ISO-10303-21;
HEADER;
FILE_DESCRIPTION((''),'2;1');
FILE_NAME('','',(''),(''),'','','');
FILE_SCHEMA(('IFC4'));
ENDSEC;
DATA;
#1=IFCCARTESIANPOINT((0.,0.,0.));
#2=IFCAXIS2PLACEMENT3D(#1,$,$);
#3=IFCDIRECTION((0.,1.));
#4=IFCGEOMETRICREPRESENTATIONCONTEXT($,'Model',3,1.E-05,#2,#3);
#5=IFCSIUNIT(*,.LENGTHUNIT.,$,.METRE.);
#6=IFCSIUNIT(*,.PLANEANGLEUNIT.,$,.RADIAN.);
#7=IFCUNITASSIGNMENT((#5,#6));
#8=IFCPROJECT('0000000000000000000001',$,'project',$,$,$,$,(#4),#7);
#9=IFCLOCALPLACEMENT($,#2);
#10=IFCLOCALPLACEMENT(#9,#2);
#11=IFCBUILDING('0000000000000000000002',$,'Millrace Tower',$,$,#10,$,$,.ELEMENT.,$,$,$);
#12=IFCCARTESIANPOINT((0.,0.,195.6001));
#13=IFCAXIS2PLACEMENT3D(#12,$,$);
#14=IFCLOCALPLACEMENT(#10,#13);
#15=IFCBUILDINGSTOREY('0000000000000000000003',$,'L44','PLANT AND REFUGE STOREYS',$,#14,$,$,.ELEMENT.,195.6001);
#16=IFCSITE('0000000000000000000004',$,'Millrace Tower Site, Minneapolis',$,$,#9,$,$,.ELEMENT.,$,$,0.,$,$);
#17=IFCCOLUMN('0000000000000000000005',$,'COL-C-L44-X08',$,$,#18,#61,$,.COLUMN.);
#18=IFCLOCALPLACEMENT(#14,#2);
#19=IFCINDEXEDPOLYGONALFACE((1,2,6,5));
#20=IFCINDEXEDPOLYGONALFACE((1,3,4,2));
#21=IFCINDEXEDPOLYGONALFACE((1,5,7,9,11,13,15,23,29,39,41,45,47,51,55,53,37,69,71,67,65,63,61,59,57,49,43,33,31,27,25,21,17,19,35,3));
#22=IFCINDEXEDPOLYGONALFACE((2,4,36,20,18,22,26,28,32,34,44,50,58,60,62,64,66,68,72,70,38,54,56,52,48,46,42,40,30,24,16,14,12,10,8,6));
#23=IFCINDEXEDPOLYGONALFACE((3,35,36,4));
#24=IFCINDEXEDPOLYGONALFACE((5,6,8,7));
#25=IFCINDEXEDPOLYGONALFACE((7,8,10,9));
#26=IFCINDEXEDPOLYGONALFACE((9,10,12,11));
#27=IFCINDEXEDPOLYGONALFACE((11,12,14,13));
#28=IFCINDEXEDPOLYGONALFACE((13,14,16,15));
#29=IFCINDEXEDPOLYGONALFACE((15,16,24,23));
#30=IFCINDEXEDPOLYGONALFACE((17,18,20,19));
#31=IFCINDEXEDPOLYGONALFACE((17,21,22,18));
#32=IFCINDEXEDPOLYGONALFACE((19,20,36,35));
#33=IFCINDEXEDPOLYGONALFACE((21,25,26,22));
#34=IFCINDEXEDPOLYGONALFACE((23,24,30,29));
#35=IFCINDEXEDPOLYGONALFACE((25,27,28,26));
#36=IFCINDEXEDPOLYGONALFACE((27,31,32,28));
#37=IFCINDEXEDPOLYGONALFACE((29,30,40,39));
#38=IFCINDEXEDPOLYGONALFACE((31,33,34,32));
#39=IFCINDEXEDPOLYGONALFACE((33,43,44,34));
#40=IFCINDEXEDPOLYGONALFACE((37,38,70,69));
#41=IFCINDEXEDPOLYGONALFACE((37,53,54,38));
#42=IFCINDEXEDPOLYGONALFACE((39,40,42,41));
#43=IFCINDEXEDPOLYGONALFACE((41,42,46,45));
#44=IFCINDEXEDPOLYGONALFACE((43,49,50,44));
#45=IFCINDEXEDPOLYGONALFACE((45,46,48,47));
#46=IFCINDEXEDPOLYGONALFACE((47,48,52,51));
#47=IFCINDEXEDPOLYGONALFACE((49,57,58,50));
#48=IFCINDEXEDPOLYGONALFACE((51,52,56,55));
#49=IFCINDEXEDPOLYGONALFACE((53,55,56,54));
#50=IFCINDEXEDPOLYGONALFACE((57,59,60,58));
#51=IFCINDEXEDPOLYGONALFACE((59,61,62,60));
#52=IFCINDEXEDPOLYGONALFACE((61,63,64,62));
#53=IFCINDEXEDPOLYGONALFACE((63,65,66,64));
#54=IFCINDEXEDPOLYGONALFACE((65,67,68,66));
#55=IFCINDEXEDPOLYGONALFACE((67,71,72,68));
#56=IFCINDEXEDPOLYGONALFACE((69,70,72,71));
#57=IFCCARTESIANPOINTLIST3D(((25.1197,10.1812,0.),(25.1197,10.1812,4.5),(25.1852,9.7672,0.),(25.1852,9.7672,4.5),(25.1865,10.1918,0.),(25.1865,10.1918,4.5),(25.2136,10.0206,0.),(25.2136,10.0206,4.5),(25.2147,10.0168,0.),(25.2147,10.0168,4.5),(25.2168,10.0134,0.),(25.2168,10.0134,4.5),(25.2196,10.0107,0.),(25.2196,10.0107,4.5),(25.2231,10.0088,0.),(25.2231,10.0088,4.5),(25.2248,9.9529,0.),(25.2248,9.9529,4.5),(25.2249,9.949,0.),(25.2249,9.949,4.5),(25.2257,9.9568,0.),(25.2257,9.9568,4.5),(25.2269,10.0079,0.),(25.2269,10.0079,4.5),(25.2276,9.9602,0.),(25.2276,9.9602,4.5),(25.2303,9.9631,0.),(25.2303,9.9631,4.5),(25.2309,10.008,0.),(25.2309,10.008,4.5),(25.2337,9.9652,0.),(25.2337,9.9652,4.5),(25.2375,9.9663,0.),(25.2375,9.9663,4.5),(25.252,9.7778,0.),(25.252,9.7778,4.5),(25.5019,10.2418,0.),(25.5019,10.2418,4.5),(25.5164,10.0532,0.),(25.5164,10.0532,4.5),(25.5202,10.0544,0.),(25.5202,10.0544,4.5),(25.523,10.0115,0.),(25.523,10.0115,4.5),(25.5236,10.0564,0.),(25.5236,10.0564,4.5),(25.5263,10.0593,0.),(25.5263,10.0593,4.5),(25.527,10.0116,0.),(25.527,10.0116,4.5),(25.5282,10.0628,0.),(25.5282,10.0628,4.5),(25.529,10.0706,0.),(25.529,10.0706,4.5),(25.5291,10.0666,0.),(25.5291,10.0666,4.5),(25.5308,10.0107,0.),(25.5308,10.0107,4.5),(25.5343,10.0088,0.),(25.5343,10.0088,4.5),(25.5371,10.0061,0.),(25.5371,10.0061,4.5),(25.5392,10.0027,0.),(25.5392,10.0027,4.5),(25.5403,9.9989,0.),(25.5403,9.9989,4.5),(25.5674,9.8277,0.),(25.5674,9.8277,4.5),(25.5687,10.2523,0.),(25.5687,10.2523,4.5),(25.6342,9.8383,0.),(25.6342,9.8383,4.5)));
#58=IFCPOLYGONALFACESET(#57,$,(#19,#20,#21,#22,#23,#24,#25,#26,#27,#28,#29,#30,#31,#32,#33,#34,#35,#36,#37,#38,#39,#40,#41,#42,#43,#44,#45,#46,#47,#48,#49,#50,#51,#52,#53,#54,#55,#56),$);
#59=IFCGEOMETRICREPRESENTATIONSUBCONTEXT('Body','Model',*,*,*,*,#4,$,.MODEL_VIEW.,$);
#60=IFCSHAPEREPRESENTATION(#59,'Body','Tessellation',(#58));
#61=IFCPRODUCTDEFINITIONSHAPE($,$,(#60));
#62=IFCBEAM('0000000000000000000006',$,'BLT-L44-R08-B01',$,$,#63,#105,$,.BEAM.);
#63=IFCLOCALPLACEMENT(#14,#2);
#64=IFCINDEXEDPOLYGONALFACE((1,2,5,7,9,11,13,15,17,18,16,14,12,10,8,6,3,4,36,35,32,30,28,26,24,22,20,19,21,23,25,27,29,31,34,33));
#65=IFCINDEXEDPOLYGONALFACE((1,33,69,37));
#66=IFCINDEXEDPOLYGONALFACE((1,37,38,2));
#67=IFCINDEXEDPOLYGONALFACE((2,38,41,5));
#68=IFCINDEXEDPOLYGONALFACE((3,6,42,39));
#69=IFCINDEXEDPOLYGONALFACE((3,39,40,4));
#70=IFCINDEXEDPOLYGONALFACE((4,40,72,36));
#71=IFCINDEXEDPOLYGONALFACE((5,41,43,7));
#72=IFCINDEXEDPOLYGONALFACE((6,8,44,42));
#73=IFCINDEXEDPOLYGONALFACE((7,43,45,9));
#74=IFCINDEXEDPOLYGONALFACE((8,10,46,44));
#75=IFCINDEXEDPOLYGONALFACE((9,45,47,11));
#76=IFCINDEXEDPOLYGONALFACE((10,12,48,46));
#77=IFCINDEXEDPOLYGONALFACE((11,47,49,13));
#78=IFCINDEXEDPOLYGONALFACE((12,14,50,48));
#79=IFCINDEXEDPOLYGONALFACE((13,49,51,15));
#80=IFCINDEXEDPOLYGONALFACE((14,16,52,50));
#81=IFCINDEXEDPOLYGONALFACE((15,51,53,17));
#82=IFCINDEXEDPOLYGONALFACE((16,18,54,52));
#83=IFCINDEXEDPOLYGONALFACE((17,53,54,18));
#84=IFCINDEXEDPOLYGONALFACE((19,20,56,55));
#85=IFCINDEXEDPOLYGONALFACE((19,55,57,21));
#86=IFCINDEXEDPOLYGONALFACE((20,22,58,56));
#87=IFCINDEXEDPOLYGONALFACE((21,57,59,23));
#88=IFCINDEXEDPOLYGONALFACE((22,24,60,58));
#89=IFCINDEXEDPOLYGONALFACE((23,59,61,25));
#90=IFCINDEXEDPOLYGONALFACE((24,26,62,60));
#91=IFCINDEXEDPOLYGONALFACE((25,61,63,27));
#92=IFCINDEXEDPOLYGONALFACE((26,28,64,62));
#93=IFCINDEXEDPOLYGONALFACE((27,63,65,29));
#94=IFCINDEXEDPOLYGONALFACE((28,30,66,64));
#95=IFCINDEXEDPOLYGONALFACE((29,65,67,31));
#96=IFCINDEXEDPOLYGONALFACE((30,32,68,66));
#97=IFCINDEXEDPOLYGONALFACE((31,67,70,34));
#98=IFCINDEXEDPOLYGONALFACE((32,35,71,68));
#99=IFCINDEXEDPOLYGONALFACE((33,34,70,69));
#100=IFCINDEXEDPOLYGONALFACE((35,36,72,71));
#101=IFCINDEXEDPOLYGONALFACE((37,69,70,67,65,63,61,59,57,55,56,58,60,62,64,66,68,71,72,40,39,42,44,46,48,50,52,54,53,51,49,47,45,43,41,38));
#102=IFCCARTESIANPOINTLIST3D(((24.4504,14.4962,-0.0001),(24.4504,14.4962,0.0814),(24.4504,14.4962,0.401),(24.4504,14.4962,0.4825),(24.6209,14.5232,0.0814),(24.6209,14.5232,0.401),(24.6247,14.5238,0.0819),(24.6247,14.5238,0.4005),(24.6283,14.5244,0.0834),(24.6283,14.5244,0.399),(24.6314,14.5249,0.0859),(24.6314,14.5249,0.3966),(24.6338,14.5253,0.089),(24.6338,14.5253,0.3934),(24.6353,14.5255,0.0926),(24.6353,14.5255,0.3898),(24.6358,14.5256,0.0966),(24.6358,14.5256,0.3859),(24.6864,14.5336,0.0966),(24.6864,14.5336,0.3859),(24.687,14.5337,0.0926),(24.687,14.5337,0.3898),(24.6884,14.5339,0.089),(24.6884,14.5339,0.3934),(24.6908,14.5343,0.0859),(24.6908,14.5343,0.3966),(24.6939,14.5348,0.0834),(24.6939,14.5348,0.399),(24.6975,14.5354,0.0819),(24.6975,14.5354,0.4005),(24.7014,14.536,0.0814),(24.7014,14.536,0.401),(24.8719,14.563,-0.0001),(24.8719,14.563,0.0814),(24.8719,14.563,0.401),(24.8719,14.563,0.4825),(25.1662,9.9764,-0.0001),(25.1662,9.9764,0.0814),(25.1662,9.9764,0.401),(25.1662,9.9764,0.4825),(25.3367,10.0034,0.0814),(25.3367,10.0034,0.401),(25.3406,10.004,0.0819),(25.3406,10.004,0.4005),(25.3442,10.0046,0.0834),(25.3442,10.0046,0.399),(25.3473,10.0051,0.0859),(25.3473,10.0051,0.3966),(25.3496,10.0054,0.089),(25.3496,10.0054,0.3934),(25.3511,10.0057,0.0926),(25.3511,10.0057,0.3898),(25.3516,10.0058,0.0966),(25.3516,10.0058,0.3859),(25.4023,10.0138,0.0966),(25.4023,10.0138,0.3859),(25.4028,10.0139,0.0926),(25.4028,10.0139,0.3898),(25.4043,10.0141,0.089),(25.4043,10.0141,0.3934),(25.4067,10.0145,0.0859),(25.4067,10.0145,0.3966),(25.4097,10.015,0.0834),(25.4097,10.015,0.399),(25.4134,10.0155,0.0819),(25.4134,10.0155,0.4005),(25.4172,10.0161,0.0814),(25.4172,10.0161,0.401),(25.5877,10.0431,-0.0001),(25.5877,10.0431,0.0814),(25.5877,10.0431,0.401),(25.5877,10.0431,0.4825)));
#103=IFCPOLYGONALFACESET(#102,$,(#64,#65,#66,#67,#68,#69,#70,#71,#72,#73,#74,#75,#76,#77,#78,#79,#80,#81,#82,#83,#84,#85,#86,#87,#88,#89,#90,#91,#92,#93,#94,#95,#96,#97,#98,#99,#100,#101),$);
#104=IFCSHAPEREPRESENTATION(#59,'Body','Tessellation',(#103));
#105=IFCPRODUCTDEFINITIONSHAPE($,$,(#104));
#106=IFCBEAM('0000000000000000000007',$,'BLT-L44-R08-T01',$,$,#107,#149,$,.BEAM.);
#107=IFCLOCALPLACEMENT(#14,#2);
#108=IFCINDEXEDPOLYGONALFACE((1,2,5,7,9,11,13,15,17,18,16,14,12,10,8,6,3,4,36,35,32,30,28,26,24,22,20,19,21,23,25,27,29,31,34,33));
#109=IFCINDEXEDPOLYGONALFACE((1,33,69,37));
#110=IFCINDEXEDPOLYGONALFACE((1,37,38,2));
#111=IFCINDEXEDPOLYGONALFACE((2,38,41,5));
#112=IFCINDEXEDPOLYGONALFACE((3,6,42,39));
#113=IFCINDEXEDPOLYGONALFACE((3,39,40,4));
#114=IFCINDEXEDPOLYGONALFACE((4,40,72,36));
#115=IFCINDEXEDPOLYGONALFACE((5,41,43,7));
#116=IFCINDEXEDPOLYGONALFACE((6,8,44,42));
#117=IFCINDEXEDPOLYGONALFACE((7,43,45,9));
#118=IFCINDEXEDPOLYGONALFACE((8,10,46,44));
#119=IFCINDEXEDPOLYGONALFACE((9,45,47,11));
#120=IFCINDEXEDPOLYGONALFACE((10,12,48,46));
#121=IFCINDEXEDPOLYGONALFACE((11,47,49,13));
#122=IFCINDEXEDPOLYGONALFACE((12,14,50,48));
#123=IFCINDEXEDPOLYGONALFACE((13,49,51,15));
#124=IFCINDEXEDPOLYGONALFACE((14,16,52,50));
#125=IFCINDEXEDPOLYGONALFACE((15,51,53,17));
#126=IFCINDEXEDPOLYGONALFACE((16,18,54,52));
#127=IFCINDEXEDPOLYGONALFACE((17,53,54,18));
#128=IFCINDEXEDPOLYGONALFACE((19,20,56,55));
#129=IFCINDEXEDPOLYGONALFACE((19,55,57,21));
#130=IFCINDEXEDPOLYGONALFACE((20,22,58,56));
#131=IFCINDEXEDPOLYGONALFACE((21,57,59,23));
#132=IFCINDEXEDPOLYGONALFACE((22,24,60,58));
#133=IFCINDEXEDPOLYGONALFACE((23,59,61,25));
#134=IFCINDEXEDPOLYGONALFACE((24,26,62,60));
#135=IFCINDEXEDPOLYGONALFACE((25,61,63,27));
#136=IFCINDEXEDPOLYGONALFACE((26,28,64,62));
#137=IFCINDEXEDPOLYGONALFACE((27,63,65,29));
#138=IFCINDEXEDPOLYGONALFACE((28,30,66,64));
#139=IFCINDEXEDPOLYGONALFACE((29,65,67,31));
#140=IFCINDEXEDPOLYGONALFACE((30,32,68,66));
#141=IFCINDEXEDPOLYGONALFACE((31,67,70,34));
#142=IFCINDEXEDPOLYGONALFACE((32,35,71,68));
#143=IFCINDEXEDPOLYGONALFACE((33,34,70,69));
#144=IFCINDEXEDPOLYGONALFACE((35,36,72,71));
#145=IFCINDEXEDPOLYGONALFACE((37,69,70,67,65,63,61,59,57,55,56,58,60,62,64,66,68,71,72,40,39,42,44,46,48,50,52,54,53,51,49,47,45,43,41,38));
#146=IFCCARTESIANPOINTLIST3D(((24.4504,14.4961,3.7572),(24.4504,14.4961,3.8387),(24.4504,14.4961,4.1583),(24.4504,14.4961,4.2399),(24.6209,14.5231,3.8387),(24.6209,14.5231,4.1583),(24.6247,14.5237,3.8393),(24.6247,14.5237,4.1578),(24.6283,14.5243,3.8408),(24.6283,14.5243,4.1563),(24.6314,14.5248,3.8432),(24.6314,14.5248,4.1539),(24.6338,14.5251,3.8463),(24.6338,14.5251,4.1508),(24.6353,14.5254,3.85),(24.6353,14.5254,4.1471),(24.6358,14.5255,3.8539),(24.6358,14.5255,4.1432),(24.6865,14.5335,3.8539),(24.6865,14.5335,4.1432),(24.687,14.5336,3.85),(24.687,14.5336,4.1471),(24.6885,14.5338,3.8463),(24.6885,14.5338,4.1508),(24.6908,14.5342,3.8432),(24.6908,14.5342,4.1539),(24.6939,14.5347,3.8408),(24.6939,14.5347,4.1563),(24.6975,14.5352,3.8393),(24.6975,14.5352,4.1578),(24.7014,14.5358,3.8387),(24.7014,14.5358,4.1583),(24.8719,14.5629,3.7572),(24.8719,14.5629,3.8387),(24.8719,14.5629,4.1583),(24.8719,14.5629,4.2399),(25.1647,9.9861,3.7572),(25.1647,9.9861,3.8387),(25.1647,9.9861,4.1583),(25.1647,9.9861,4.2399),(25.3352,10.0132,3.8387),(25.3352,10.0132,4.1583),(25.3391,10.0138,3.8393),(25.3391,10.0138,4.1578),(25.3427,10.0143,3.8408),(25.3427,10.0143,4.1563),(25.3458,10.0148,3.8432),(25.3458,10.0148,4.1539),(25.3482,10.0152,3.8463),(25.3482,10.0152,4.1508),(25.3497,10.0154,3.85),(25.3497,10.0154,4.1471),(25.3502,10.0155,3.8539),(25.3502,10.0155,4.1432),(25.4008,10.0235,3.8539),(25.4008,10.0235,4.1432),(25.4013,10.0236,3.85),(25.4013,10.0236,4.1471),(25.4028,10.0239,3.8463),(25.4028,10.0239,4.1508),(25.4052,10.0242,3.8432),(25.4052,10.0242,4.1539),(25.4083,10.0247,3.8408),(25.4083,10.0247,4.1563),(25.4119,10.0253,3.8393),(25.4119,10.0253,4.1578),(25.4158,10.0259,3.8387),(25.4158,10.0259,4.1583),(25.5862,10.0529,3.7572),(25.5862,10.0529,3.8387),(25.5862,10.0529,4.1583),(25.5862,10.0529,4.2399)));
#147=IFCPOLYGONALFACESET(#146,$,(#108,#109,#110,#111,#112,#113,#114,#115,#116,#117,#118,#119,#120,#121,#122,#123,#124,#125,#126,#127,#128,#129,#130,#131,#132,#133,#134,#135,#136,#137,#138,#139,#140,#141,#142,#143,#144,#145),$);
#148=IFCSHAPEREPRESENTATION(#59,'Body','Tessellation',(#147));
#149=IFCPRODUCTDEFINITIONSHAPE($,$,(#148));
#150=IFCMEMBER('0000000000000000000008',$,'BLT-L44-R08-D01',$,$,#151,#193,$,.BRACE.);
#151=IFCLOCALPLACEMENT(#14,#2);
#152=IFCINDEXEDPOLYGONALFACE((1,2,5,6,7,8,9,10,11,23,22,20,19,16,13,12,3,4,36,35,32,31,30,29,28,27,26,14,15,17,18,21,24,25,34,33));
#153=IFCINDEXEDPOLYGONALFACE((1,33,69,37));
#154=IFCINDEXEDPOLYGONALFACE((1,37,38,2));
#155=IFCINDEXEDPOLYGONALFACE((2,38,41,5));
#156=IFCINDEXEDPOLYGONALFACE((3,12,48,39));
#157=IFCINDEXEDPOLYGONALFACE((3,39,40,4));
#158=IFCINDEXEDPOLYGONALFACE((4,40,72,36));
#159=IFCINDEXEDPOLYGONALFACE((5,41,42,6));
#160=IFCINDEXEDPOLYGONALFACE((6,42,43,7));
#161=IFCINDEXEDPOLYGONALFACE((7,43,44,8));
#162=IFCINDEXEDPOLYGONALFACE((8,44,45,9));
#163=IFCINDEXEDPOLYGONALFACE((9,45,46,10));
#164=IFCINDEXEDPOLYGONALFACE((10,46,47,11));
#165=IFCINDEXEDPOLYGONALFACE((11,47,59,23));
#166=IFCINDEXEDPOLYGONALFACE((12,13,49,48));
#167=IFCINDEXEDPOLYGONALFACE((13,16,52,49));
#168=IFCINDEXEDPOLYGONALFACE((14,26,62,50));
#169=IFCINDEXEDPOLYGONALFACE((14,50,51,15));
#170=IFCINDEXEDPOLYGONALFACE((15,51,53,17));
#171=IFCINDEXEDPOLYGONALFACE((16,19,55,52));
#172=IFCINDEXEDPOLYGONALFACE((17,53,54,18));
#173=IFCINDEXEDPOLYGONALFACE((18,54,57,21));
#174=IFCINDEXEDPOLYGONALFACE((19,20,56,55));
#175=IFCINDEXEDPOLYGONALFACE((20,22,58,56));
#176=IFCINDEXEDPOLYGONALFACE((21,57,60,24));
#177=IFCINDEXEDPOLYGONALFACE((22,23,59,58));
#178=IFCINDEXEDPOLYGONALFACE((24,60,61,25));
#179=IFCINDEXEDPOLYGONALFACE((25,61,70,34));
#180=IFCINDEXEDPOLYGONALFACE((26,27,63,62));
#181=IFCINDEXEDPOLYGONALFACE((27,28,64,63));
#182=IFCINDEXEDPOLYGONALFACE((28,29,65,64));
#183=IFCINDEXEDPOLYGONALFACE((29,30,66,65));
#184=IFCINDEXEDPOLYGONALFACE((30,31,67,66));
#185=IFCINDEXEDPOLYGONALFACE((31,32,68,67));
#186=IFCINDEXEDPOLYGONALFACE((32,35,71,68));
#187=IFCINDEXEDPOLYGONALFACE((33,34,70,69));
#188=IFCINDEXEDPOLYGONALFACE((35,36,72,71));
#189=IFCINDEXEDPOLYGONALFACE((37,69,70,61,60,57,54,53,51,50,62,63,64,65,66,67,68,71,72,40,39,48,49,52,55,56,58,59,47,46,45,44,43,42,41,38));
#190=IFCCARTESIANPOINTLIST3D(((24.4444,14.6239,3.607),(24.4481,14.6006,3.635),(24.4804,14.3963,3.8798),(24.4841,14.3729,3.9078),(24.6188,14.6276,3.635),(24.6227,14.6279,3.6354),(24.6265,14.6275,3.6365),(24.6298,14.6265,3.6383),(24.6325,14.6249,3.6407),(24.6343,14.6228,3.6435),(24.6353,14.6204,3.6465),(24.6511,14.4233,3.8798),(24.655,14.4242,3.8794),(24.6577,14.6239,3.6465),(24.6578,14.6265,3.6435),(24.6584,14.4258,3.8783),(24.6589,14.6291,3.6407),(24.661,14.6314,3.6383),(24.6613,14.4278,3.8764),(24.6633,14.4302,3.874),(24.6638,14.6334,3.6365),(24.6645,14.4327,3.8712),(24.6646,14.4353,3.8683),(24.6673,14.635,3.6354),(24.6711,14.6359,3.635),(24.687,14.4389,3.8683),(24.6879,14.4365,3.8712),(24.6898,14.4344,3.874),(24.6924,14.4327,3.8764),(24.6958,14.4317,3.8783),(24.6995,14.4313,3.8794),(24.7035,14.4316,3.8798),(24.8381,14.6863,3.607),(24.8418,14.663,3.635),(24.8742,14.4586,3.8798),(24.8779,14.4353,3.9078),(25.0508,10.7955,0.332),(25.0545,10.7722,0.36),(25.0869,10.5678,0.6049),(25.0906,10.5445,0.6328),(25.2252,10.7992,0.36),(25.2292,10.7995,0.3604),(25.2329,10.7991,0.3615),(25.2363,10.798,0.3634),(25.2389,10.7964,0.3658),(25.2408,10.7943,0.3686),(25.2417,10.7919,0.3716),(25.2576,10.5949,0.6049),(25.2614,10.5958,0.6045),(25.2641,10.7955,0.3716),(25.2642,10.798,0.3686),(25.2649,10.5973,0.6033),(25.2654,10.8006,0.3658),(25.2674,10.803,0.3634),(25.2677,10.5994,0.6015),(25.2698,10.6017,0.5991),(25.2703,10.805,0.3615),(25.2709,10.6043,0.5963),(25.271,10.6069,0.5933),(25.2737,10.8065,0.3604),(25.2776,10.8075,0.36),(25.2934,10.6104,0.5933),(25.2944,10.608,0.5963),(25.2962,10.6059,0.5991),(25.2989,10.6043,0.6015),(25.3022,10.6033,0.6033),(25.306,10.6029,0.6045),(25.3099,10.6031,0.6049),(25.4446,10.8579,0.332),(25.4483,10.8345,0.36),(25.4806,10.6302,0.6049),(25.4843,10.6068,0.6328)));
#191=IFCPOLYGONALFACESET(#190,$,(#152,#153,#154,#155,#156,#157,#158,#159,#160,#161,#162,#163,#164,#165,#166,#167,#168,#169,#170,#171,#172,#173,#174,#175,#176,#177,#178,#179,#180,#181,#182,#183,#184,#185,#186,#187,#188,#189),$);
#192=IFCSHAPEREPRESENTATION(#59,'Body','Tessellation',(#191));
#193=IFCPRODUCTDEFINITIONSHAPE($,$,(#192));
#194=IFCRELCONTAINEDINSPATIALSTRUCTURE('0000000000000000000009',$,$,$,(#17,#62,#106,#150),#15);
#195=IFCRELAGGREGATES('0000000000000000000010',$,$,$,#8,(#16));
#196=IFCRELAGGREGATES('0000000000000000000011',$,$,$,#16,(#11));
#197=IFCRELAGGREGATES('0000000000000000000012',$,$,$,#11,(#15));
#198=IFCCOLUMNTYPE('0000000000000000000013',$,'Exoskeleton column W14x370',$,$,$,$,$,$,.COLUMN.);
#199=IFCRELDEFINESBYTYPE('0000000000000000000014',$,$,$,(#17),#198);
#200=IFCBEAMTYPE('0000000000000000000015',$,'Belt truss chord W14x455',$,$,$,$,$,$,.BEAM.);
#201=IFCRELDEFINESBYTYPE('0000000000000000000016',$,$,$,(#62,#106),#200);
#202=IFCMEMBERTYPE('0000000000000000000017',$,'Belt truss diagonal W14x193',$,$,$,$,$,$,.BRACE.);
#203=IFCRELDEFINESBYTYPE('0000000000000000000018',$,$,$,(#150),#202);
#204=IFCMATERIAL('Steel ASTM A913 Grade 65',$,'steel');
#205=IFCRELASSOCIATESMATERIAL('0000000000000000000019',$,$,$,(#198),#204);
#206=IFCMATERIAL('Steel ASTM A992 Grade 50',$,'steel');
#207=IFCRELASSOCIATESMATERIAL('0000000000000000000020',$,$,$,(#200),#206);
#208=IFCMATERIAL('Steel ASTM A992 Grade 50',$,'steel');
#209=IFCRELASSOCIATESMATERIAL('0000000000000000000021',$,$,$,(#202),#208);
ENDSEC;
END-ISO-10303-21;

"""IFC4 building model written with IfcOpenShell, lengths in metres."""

from ifc_helpers import new_model, si_unit, direction, frame, origin, origin_2d, place, context, subcontext, project, spatial, i_section, extrude, material, material_profile, profile_set, type_object, element, save


model = new_model("IFC4")

# Units and contexts
model_context = context("Model", 3, precision=1e-05, world=origin(), true_north=direction((0.0, 1.0)))
body_context = subcontext(model_context, "Body", "Model", "MODEL_VIEW")
ifc_project = project(units=[si_unit("LENGTHUNIT", "METRE"), si_unit("PLANEANGLEUNIT", "RADIAN")], contexts=[model_context])

# Site, building, storey
site_placement = place(None, origin())
site = spatial("IfcSite", under=ifc_project, at=site_placement, Name="Millrace Tower Site, Minneapolis", CompositionType="ELEMENT", RefElevation=0.0)
building_placement = place(site_placement, origin())
building = spatial("IfcBuilding", under=site, at=building_placement, Name="Millrace Tower", CompositionType="ELEMENT")
storey_placement = place(building_placement, frame((0.0, 0.0, 195.6001)))
storey = spatial("IfcBuildingStorey", under=building, at=storey_placement, Name="L44", Description="PLANT AND REFUGE STOREYS", CompositionType="ELEMENT", Elevation=195.6001)

# Column
ifc_material_1 = material(Name="Steel ASTM A913 Grade 65", Category="steel")
ifc_material_profile_1 = material_profile(ifc_material_1, i_section(OverallWidth=0.4192, OverallDepth=0.4546, WebThickness=0.0422, FlangeThickness=0.0676, FilletRadius=0.0151, at=origin_2d()))
ifc_profile_set_1 = profile_set([ifc_material_profile_1], Name="Steel ASTM A913 Grade 65")
column_type = type_object("IfcColumnType", Name="Exoskeleton column W14x370", PredefinedType="COLUMN", material=ifc_profile_set_1)
column_placement = place(storey_placement, frame((25.377, 10.0098, 0.0), z_axis=(0.0, 0.0, 1.0), x_axis=(-0.156434, 0.987688, 0.0)))
element("IfcColumn", 1, at=column_placement, inside=storey, type_object=column_type, Name="COL-C-L44-X08", PredefinedType="COLUMN", context=body_context, shape_type="SweptSolid", body=[
    extrude(i_section(OverallWidth=0.4192, OverallDepth=0.4546, WebThickness=0.0422, FlangeThickness=0.0676, FilletRadius=0.0151, at=origin_2d()), origin(), (0.0, 0.0, 1.0), 4.5),
])

# Beams
ifc_material_2 = material(Name="Steel ASTM A992 Grade 50", Category="steel")
ifc_material_profile_2 = material_profile(ifc_material_2, i_section(OverallWidth=0.4268, OverallDepth=0.4827, WebThickness=0.0513, FlangeThickness=0.0815, FilletRadius=0.0151, at=origin_2d()))
ifc_profile_set_2 = profile_set([ifc_material_profile_2], Name="Steel ASTM A992 Grade 50")
beam_type_1 = type_object("IfcBeamType", Name="Belt truss chord W14x455", PredefinedType="BEAM", material=ifc_profile_set_2)
beam_1_placement = place(storey_placement, frame((25.377, 10.0098, 0.2412), z_axis=(-0.156426, 0.98769, 0.0), x_axis=(-0.98769, -0.156426, 0.0)))
element("IfcBeam", 2, at=beam_1_placement, inside=storey, type_object=beam_type_1, Name="BLT-L44-R08-B01", PredefinedType="BEAM", context=body_context, shape_type="SweptSolid", body=[
    extrude(i_section(OverallWidth=0.4268, OverallDepth=0.4827, WebThickness=0.0513, FlangeThickness=0.0815, FilletRadius=0.0151, at=origin_2d()), origin(), (0.0, 0.0, 1.0), 4.5762),
])
beam_2_placement = place(storey_placement, frame((25.3755, 10.0195, 3.9985), z_axis=(-0.156443, 0.987687, 0.0), x_axis=(-0.987687, -0.156443, 0.0)))
element("IfcBeam", 3, at=beam_2_placement, inside=storey, type_object=beam_type_1, Name="BLT-L44-R08-T01", PredefinedType="BEAM", context=body_context, shape_type="SweptSolid", body=[
    extrude(i_section(OverallWidth=0.4268, OverallDepth=0.4827, WebThickness=0.0513, FlangeThickness=0.0815, FilletRadius=0.0151, at=origin_2d()), origin(), (0.0, 0.0, 1.0), 4.5662),
])

# Member
ifc_material_3 = material(Name="Steel ASTM A992 Grade 50", Category="steel")
ifc_material_profile_3 = material_profile(ifc_material_3, i_section(OverallWidth=0.3987, OverallDepth=0.3938, WebThickness=0.0227, FlangeThickness=0.0366, FilletRadius=0.0151, at=origin_2d()))
ifc_profile_set_3 = profile_set([ifc_material_profile_3], Name="Steel ASTM A992 Grade 50")
member_type_1 = type_object("IfcMemberType", Name="Belt truss diagonal W14x193", PredefinedType="BRACE", material=ifc_profile_set_3)
member_1_placement = place(storey_placement, frame((25.2676, 10.7012, 0.4824), z_axis=(-0.119512, 0.754453, 0.645382), x_axis=(-0.987685, -0.156457, 0.0)))
element("IfcMember", 4, at=member_1_placement, inside=storey, type_object=member_type_1, Name="BLT-L44-R08-D01", PredefinedType="BRACE", context=body_context, shape_type="SweptSolid", body=[
    extrude(i_section(OverallWidth=0.3987, OverallDepth=0.3938, WebThickness=0.0227, FlangeThickness=0.0366, FilletRadius=0.0151, at=origin_2d()), origin(), (0.0, 0.0, 1.0), 5.0745),
])

save(model, "model.ifc")
